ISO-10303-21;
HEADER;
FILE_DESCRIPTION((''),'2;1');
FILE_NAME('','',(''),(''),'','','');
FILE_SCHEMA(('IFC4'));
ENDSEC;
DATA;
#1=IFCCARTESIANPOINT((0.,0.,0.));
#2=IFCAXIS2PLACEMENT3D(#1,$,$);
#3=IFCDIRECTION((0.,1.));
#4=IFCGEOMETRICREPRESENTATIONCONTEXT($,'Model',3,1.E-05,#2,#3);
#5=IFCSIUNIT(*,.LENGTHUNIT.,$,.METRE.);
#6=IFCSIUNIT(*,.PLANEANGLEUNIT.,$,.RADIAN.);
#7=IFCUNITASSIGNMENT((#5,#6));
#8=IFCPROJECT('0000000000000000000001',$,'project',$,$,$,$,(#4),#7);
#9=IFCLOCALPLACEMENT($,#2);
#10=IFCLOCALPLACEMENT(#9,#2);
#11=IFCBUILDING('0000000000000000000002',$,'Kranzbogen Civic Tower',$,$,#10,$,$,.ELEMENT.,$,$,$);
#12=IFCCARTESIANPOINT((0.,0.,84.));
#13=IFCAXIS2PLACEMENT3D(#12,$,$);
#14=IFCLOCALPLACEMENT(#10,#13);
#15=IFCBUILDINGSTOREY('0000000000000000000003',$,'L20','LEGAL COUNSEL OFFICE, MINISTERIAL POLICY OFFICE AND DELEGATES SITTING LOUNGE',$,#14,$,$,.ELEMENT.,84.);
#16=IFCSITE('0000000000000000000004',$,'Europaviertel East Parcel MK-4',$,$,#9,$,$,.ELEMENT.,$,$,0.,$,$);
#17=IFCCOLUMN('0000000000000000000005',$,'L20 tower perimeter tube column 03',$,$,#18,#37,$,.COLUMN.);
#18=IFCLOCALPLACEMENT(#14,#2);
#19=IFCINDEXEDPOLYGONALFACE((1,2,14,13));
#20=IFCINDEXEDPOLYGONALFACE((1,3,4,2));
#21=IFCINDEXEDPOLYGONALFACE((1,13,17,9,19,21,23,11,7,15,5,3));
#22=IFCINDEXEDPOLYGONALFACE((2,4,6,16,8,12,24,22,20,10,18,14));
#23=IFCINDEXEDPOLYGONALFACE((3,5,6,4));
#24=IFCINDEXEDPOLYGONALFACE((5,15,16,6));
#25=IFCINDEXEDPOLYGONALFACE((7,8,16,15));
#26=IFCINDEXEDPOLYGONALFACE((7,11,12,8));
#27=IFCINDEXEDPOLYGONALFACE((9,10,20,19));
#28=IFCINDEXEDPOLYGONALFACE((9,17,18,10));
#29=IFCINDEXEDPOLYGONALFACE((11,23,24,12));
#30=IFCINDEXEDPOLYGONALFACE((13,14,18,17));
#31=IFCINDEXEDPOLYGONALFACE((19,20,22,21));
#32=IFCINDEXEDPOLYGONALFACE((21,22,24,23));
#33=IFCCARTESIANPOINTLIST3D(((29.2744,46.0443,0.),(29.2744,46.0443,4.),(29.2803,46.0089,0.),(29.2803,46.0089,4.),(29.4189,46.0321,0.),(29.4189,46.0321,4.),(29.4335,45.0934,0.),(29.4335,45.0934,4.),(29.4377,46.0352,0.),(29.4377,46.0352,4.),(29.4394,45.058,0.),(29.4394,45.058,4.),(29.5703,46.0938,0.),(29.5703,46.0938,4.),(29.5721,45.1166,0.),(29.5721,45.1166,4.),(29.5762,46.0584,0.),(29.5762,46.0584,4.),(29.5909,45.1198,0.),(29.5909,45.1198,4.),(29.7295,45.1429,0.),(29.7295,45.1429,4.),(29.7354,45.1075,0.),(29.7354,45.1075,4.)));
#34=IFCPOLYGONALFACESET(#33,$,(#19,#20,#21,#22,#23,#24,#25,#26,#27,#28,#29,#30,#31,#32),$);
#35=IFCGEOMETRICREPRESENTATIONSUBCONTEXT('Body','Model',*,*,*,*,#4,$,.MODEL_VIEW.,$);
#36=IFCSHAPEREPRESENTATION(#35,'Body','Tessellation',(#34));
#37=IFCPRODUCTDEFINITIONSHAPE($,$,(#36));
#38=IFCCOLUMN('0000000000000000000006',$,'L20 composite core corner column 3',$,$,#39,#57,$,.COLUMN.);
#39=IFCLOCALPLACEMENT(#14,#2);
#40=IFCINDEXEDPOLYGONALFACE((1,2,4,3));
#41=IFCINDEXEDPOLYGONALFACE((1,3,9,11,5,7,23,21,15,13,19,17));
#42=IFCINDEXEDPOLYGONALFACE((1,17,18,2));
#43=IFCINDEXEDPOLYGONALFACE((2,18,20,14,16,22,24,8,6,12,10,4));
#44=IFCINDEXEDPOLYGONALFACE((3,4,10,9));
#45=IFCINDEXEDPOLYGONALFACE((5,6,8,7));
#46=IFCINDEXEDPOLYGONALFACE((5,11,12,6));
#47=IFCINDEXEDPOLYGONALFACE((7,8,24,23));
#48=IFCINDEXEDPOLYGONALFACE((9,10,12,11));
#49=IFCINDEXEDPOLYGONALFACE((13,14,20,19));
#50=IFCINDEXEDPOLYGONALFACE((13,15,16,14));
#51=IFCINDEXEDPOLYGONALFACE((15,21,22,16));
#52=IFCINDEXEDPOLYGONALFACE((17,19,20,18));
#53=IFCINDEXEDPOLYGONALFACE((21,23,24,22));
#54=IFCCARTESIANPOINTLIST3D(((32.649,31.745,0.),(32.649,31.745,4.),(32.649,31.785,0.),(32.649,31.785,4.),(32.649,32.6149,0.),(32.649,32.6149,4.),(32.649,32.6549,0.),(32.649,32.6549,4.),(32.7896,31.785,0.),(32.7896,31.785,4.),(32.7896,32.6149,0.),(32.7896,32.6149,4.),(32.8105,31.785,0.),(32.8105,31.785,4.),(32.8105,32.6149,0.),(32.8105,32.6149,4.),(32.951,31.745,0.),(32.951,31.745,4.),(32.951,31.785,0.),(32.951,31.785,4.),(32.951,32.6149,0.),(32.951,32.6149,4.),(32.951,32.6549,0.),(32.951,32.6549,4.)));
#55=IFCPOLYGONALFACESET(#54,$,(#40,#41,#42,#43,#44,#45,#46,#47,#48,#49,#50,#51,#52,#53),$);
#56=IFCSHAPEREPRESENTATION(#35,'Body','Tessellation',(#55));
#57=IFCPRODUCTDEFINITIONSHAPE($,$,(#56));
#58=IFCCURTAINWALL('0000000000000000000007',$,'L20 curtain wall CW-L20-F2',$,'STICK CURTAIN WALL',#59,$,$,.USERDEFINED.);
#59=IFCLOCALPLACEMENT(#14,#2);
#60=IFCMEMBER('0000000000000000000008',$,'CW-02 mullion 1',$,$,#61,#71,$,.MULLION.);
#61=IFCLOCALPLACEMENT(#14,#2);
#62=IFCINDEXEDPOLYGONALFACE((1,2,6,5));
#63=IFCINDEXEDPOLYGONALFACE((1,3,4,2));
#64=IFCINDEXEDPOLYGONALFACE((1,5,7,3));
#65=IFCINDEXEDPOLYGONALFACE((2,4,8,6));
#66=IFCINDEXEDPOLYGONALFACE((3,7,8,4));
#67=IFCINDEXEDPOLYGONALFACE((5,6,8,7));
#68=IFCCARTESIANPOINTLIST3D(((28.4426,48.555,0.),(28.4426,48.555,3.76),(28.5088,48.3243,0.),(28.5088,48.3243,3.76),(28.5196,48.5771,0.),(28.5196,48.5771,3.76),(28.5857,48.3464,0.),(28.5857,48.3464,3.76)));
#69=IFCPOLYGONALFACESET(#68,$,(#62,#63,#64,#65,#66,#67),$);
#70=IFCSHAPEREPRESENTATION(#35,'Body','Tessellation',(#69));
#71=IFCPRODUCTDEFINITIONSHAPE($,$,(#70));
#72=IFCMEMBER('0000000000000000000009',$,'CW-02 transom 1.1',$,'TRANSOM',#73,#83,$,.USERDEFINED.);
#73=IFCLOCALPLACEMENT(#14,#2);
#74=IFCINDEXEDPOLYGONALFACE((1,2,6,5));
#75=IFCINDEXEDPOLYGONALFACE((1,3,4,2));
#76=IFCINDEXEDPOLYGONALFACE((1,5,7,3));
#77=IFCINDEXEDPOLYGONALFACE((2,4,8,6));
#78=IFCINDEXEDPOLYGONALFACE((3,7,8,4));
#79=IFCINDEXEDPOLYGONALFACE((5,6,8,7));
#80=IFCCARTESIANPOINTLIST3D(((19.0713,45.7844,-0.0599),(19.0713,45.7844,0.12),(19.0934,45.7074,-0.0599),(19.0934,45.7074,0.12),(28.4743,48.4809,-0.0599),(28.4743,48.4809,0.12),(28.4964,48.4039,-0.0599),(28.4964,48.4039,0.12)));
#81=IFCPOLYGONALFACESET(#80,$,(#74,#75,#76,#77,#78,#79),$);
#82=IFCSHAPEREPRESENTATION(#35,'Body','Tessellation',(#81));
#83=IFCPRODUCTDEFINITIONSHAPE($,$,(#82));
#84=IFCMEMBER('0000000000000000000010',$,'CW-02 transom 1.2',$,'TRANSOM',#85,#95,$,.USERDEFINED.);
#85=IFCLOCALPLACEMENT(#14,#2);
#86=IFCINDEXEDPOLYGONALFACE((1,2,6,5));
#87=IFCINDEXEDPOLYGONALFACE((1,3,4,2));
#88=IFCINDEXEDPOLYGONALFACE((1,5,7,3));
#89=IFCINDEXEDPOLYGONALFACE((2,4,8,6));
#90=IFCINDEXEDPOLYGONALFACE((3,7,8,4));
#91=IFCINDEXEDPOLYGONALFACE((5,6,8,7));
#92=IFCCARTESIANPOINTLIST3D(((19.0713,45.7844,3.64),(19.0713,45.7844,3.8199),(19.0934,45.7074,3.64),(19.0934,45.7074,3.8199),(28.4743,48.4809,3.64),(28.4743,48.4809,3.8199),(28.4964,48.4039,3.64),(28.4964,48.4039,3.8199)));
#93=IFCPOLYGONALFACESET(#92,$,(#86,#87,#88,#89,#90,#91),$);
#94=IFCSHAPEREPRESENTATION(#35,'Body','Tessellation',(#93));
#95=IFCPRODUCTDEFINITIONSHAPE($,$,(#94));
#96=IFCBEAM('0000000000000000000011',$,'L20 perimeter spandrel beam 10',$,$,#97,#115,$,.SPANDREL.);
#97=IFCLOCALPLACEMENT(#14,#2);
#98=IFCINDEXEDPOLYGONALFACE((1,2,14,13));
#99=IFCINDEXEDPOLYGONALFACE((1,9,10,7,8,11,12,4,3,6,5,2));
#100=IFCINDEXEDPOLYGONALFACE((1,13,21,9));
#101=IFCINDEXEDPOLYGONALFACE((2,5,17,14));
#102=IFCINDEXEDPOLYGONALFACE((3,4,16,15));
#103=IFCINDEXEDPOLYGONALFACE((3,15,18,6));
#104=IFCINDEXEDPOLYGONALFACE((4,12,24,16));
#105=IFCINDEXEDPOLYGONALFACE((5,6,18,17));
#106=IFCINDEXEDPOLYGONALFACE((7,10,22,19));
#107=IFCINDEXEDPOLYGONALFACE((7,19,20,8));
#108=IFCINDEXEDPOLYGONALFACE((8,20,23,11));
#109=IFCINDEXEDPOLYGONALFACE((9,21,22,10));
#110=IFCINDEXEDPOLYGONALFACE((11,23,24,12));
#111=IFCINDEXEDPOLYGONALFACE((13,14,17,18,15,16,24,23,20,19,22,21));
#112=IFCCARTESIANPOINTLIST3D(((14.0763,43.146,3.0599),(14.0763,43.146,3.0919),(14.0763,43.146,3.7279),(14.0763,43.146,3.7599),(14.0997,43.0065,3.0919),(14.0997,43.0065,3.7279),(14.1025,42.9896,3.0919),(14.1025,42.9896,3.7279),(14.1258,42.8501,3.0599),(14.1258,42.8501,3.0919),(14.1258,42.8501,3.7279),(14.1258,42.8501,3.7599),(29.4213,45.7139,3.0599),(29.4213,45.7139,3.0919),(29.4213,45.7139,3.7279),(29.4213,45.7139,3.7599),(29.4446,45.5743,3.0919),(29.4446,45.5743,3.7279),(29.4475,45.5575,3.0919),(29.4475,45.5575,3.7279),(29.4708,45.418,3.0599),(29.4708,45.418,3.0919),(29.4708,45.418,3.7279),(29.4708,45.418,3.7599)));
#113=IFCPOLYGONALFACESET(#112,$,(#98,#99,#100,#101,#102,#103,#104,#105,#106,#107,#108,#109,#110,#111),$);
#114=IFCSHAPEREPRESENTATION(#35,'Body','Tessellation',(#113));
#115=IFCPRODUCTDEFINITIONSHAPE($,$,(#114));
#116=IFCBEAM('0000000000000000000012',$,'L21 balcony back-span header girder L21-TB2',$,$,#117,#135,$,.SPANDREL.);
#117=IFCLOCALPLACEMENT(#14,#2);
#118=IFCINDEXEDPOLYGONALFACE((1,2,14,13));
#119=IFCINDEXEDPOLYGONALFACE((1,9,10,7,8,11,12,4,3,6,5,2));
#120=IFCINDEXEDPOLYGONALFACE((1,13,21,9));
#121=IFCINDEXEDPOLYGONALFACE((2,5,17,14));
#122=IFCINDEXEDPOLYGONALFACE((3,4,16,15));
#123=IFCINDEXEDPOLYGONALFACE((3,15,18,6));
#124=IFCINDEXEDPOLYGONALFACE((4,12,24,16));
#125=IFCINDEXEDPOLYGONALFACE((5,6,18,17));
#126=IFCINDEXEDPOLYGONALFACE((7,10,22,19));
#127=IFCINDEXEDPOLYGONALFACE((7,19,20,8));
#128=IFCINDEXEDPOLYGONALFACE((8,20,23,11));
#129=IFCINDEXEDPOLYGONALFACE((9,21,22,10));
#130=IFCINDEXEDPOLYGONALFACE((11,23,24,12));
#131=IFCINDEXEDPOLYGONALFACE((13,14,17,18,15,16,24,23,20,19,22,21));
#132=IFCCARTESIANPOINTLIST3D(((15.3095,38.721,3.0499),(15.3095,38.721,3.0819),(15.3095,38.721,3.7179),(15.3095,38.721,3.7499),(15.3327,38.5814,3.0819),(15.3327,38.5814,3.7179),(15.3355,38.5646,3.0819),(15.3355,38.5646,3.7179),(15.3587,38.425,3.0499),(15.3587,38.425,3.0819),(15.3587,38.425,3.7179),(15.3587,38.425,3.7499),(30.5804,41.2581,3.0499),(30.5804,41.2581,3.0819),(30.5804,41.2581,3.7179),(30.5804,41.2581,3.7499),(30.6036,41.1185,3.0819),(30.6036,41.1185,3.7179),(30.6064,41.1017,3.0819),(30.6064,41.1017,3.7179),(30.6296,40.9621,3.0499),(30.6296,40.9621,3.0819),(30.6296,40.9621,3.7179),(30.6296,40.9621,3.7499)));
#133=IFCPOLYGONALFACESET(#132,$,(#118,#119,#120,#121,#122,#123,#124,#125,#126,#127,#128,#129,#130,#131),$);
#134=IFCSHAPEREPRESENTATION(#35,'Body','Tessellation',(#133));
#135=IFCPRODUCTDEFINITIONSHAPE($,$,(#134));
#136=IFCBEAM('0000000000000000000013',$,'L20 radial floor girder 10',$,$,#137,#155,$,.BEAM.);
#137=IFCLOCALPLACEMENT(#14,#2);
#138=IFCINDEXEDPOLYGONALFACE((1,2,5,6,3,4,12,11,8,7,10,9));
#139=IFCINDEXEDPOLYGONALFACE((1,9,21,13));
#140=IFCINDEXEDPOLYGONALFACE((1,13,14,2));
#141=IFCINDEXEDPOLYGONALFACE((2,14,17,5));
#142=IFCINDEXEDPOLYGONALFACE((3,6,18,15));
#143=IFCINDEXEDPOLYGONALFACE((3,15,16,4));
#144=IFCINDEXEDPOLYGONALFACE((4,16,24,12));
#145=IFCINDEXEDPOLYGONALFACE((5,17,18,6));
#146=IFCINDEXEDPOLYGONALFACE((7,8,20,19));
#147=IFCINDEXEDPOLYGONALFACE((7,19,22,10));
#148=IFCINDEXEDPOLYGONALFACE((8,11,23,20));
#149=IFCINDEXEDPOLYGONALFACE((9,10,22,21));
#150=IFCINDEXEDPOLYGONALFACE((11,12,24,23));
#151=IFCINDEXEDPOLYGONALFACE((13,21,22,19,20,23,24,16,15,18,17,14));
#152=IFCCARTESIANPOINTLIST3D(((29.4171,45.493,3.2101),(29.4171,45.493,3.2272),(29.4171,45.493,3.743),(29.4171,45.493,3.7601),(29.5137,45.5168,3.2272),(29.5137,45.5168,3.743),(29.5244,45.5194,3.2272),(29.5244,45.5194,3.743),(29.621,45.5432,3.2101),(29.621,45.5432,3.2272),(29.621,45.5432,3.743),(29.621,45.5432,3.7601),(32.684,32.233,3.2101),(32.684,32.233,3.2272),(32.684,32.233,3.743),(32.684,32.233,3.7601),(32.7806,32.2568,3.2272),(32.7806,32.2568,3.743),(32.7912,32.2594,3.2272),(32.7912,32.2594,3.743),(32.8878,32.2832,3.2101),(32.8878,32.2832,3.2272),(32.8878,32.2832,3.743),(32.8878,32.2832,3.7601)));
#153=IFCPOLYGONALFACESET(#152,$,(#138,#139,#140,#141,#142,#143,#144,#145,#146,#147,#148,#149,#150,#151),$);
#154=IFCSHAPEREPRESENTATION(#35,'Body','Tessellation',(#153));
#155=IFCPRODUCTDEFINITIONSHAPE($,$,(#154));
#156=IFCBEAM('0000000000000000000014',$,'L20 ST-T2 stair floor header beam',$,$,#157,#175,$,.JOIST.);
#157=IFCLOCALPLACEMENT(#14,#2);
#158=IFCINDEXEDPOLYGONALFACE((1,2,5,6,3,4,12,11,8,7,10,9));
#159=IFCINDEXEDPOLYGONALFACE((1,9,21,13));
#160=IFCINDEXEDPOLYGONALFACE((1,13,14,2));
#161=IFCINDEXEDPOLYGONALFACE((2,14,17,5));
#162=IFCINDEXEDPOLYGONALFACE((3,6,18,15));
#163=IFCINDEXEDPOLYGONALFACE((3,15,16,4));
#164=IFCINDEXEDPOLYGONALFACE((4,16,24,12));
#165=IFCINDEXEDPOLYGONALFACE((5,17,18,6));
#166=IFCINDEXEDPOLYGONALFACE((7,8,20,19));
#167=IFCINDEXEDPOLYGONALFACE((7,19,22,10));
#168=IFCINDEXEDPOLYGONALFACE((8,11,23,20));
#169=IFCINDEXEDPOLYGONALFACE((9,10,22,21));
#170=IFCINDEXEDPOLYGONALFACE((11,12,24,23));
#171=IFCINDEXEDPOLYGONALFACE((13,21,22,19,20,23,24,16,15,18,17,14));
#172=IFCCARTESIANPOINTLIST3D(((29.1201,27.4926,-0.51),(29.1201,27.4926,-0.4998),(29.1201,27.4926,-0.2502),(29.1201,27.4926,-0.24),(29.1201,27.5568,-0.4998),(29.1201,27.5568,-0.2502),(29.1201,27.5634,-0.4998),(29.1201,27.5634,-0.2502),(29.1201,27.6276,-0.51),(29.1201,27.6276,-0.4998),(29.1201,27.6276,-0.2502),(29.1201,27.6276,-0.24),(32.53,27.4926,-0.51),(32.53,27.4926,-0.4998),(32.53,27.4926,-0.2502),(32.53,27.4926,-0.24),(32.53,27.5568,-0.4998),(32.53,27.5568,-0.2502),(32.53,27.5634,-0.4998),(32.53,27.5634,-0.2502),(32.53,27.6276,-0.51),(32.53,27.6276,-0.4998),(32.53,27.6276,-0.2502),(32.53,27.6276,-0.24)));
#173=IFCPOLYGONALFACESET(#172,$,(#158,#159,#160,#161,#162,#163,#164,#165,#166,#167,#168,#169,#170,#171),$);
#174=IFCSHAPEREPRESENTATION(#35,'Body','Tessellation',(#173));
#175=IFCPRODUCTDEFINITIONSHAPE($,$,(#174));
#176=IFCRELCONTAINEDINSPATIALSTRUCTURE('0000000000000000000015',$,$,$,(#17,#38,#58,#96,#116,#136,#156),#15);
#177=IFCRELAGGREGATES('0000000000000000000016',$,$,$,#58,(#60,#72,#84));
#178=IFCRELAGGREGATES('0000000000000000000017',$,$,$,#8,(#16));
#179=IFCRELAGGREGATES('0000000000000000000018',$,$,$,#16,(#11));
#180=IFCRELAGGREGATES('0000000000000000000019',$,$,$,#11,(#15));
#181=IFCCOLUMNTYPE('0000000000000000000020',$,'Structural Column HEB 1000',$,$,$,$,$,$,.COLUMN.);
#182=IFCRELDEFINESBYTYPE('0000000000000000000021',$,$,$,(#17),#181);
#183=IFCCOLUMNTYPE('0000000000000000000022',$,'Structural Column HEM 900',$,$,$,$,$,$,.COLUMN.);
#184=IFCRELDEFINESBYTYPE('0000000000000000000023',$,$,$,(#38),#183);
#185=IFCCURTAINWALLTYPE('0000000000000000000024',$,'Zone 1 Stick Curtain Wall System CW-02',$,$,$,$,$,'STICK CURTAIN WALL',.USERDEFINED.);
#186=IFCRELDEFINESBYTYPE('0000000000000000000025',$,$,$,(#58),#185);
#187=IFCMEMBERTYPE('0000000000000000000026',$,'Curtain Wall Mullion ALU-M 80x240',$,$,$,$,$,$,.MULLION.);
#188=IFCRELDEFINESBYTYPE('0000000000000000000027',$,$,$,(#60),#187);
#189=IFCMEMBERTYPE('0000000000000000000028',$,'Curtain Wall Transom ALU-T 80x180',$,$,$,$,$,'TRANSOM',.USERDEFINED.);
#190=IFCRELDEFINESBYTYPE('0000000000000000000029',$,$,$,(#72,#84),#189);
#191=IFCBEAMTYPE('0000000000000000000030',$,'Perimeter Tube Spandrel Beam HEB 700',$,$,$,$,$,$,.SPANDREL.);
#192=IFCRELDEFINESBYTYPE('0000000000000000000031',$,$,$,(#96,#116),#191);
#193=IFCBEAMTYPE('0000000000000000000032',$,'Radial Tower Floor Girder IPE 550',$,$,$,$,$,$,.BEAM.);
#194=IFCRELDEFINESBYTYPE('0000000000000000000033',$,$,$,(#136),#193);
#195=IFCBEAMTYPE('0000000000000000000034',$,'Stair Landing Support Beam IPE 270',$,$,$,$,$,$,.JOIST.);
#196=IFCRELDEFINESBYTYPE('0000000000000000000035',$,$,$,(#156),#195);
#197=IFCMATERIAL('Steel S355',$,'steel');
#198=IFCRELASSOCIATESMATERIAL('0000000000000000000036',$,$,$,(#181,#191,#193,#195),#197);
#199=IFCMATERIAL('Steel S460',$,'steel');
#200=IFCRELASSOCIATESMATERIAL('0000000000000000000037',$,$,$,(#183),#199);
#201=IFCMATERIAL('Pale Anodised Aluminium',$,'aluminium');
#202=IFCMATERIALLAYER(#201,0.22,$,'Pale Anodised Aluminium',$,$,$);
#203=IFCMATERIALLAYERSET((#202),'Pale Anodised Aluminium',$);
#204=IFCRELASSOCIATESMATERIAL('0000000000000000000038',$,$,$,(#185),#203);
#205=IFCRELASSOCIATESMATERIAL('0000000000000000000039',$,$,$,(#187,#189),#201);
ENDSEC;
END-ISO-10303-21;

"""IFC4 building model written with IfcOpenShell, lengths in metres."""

from ifc_helpers import new_model, si_unit, direction, frame, origin, origin_2d, place, context, subcontext, project, spatial, rectangle, i_section, extrude, material, layer, layer_set, material_profile, profile_set, type_object, element, aggregate, save


model = new_model("IFC4")

# Units and contexts
model_context = context("Model", 3, precision=1e-05, world=origin(), true_north=direction((0.0, 1.0)))
body_context = subcontext(model_context, "Body", "Model", "MODEL_VIEW")
ifc_project = project(units=[si_unit("LENGTHUNIT", "METRE"), si_unit("PLANEANGLEUNIT", "RADIAN")], contexts=[model_context])

# Site, building, storey
site_placement = place(None, origin())
site = spatial("IfcSite", under=ifc_project, at=site_placement, Name="Europaviertel East Parcel MK-4", CompositionType="ELEMENT", RefElevation=0.0)
building_placement = place(site_placement, origin())
building = spatial("IfcBuilding", under=site, at=building_placement, Name="Kranzbogen Civic Tower", CompositionType="ELEMENT")
storey_placement = place(building_placement, frame((0.0, 0.0, 84.0)))
storey = spatial("IfcBuildingStorey", under=building, at=storey_placement, Name="L20", Description="LEGAL COUNSEL OFFICE, MINISTERIAL POLICY OFFICE AND DELEGATES SITTING LOUNGE", CompositionType="ELEMENT", Elevation=84.0)

# Columns
ifc_material_1 = material(Name="Steel S355", Category="steel")
ifc_material_profile_1 = material_profile(ifc_material_1, i_section(OverallWidth=0.3, OverallDepth=1.0, WebThickness=0.019, FlangeThickness=0.0359, at=origin_2d()), Name="HEB 1000")
ifc_profile_set_1 = profile_set([ifc_material_profile_1], Name="Steel S355")
column_type_1 = type_object("IfcColumnType", Name="Structural Column HEB 1000", PredefinedType="COLUMN", material=ifc_profile_set_1)
column_1_placement = place(storey_placement, frame((29.5049, 45.5759, 0.0), z_axis=(0.0, 0.0, 1.0), x_axis=(0.986286, 0.165048, 0.0)))
element("IfcColumn", 1, at=column_1_placement, inside=storey, type_object=column_type_1, Name="L20 tower perimeter tube column 03", PredefinedType="COLUMN", context=body_context, shape_type="SweptSolid", body=[
    extrude(i_section(OverallWidth=0.3, OverallDepth=1.0, WebThickness=0.019, FlangeThickness=0.0359, at=origin_2d()), origin(), (0.0, 0.0, 1.0), 4.0),
])
ifc_material_2 = material(Name="Steel S460", Category="steel")
ifc_material_profile_2 = material_profile(ifc_material_2, i_section(OverallWidth=0.302, OverallDepth=0.9099, WebThickness=0.021, FlangeThickness=0.04, at=origin_2d()), Name="HEM 900")
ifc_profile_set_2 = profile_set([ifc_material_profile_2], Name="Steel S460")
column_type_2 = type_object("IfcColumnType", Name="Structural Column HEM 900", PredefinedType="COLUMN", material=ifc_profile_set_2)
column_2_placement = place(storey_placement, frame((32.8, 32.2, 0.0), z_axis=(0.0, 0.0, 1.0), x_axis=(1.0, 0.0, 0.0)))
element("IfcColumn", 2, at=column_2_placement, inside=storey, type_object=column_type_2, Name="L20 composite core corner column 3", PredefinedType="COLUMN", context=body_context, shape_type="SweptSolid", body=[
    extrude(i_section(OverallWidth=0.302, OverallDepth=0.9099, WebThickness=0.021, FlangeThickness=0.04, at=origin_2d()), origin(), (0.0, 0.0, 1.0), 4.0),
])

# Curtain wall, members
ifc_material_3 = material(Name="Pale Anodised Aluminium", Category="aluminium")
ifc_layer_1 = layer(ifc_material_3, 0.22, Name="Pale Anodised Aluminium")
ifc_layer_set_1 = layer_set([ifc_layer_1], Name="Pale Anodised Aluminium")
curtain_wall_type = type_object("IfcCurtainWallType", Name="Zone 1 Stick Curtain Wall System CW-02", ElementType="STICK CURTAIN WALL", PredefinedType="USERDEFINED", material=ifc_layer_set_1)
curtain_wall_placement = place(storey_placement, origin())
curtain_wall = element("IfcCurtainWall", 3, at=curtain_wall_placement, inside=storey, type_object=curtain_wall_type, Name="L20 curtain wall CW-L20-F2", ObjectType="STICK CURTAIN WALL", PredefinedType="USERDEFINED")
ifc_material_profile_3 = material_profile(ifc_material_3, rectangle(XDim=0.0801, YDim=0.24, at=origin_2d()), Name="ALU-M 80x240")
ifc_profile_set_3 = profile_set([ifc_material_profile_3], Name="Pale Anodised Aluminium")
member_type_1 = type_object("IfcMemberType", Name="Curtain Wall Mullion ALU-M 80x240", PredefinedType="MULLION", material=ifc_profile_set_3)
member_1_placement = place(storey_placement, frame((28.5142, 48.4507, 0.0), z_axis=(0.0, 0.0, 1.0), x_axis=(-0.96125, -0.275678, 0.0)))
member_1 = element("IfcMember", 4, at=member_1_placement, type_object=member_type_1, Name="CW-02 mullion 1", PredefinedType="MULLION", context=body_context, shape_type="SweptSolid", body=[
    extrude(rectangle(XDim=0.0801, YDim=0.24, at=origin_2d()), origin(), (0.0, 0.0, 1.0), 3.76),
])
ifc_material_profile_4 = material_profile(ifc_material_3, rectangle(XDim=0.0801, YDim=0.1799, at=origin_2d()), Name="ALU-T 80x180")
ifc_profile_set_4 = profile_set([ifc_material_profile_4], Name="Pale Anodised Aluminium")
member_type_2 = type_object("IfcMemberType", Name="Curtain Wall Transom ALU-T 80x180", ElementType="TRANSOM", PredefinedType="USERDEFINED", material=ifc_profile_set_4)
member_2_placement = place(storey_placement, frame((28.4854, 48.4424, 0.03), z_axis=(-0.961255, -0.27566, 0.0), x_axis=(0.27566, -0.961255, 0.0)))
member_2 = element("IfcMember", 5, at=member_2_placement, type_object=member_type_2, Name="CW-02 transom 1.1", ObjectType="TRANSOM", PredefinedType="USERDEFINED", context=body_context, shape_type="SweptSolid", body=[
    extrude(rectangle(XDim=0.0801, YDim=0.1799, at=origin_2d()), origin(), (0.0, 0.0, 1.0), 9.782),
])
member_3_placement = place(storey_placement, frame((28.4854, 48.4424, 3.73), z_axis=(-0.961255, -0.27566, 0.0), x_axis=(0.27566, -0.961255, 0.0)))
member_3 = element("IfcMember", 6, at=member_3_placement, type_object=member_type_2, Name="CW-02 transom 1.2", ObjectType="TRANSOM", PredefinedType="USERDEFINED", context=body_context, shape_type="SweptSolid", body=[
    extrude(rectangle(XDim=0.0801, YDim=0.1799, at=origin_2d()), origin(), (0.0, 0.0, 1.0), 9.782),
])

# Beams
ifc_material_profile_5 = material_profile(ifc_material_1, i_section(OverallWidth=0.3, OverallDepth=0.7, WebThickness=0.0171, FlangeThickness=0.032, at=origin_2d()), Name="HEB 700")
ifc_profile_set_5 = profile_set([ifc_material_profile_5], Name="Steel S355")
beam_type_1 = type_object("IfcBeamType", Name="Perimeter Tube Spandrel Beam HEB 700", PredefinedType="SPANDREL", material=ifc_profile_set_5)
beam_1_placement = place(storey_placement, frame((29.446, 45.5659, 3.4099), z_axis=(-0.986286, -0.165048, 0.0), x_axis=(0.165048, -0.986286, 0.0)))
element("IfcBeam", 7, at=beam_1_placement, inside=storey, type_object=beam_type_1, Name="L20 perimeter spandrel beam 10", PredefinedType="SPANDREL", context=body_context, shape_type="SweptSolid", body=[
    extrude(i_section(OverallWidth=0.3, OverallDepth=0.7, WebThickness=0.0171, FlangeThickness=0.032, at=origin_2d()), origin(), (0.0, 0.0, 1.0), 15.5583),
])
beam_2_placement = place(storey_placement, frame((30.605, 41.1101, 3.3999), z_axis=(-0.986478, -0.163893, 0.0), x_axis=(0.163893, -0.986478, 0.0)))
element("IfcBeam", 8, at=beam_2_placement, inside=storey, type_object=beam_type_1, Name="L21 balcony back-span header girder L21-TB2", PredefinedType="SPANDREL", context=body_context, shape_type="SweptSolid", body=[
    extrude(i_section(OverallWidth=0.3, OverallDepth=0.7, WebThickness=0.0171, FlangeThickness=0.032, at=origin_2d()), origin(), (0.0, 0.0, 1.0), 15.4802),
])
ifc_material_profile_6 = material_profile(ifc_material_1, i_section(OverallWidth=0.21, OverallDepth=0.55, WebThickness=0.011, FlangeThickness=0.0171, at=origin_2d()), Name="IPE 550")
ifc_profile_set_6 = profile_set([ifc_material_profile_6], Name="Steel S355")
beam_type_2 = type_object("IfcBeamType", Name="Radial Tower Floor Girder IPE 550", PredefinedType="BEAM", material=ifc_profile_set_6)
beam_3_placement = place(storey_placement, frame((29.519, 45.5181, 3.4851), z_axis=(0.239215, -0.970967, 0.0), x_axis=(0.970967, 0.239215, 0.0)))
element("IfcBeam", 9, at=beam_3_placement, inside=storey, type_object=beam_type_2, Name="L20 radial floor girder 10", PredefinedType="BEAM", context=body_context, shape_type="SweptSolid", body=[
    extrude(i_section(OverallWidth=0.21, OverallDepth=0.55, WebThickness=0.011, FlangeThickness=0.0171, at=origin_2d()), origin(), (0.0, 0.0, 1.0), 13.6565),
])
ifc_material_profile_7 = material_profile(ifc_material_1, i_section(OverallWidth=0.135, OverallDepth=0.27, WebThickness=0.0066, FlangeThickness=0.0103, at=origin_2d()), Name="IPE 270")
ifc_profile_set_7 = profile_set([ifc_material_profile_7], Name="Steel S355")
beam_type_3 = type_object("IfcBeamType", Name="Stair Landing Support Beam IPE 270", PredefinedType="JOIST", material=ifc_profile_set_7)
for number, where, z_axis, x_axis, name in (
    (10, (29.1201, 27.5601, -0.375), (1.0, 0.0, 0.0), (0.0, 1.0, 0.0), "L20 ST-T2 stair floor header beam"),
):
    element("IfcBeam", number, at=place(storey_placement, frame(where, z_axis=z_axis, x_axis=x_axis)), inside=storey, type_object=beam_type_3, Name=name, PredefinedType="JOIST", context=body_context, shape_type="SweptSolid", body=[
        extrude(i_section(OverallWidth=0.135, OverallDepth=0.27, WebThickness=0.0066, FlangeThickness=0.0103, at=origin_2d()), origin(), (0.0, 0.0, 1.0), 3.4099),
    ])

aggregate(curtain_wall, [member_1, member_2, member_3])

save(model, "model.ifc")
